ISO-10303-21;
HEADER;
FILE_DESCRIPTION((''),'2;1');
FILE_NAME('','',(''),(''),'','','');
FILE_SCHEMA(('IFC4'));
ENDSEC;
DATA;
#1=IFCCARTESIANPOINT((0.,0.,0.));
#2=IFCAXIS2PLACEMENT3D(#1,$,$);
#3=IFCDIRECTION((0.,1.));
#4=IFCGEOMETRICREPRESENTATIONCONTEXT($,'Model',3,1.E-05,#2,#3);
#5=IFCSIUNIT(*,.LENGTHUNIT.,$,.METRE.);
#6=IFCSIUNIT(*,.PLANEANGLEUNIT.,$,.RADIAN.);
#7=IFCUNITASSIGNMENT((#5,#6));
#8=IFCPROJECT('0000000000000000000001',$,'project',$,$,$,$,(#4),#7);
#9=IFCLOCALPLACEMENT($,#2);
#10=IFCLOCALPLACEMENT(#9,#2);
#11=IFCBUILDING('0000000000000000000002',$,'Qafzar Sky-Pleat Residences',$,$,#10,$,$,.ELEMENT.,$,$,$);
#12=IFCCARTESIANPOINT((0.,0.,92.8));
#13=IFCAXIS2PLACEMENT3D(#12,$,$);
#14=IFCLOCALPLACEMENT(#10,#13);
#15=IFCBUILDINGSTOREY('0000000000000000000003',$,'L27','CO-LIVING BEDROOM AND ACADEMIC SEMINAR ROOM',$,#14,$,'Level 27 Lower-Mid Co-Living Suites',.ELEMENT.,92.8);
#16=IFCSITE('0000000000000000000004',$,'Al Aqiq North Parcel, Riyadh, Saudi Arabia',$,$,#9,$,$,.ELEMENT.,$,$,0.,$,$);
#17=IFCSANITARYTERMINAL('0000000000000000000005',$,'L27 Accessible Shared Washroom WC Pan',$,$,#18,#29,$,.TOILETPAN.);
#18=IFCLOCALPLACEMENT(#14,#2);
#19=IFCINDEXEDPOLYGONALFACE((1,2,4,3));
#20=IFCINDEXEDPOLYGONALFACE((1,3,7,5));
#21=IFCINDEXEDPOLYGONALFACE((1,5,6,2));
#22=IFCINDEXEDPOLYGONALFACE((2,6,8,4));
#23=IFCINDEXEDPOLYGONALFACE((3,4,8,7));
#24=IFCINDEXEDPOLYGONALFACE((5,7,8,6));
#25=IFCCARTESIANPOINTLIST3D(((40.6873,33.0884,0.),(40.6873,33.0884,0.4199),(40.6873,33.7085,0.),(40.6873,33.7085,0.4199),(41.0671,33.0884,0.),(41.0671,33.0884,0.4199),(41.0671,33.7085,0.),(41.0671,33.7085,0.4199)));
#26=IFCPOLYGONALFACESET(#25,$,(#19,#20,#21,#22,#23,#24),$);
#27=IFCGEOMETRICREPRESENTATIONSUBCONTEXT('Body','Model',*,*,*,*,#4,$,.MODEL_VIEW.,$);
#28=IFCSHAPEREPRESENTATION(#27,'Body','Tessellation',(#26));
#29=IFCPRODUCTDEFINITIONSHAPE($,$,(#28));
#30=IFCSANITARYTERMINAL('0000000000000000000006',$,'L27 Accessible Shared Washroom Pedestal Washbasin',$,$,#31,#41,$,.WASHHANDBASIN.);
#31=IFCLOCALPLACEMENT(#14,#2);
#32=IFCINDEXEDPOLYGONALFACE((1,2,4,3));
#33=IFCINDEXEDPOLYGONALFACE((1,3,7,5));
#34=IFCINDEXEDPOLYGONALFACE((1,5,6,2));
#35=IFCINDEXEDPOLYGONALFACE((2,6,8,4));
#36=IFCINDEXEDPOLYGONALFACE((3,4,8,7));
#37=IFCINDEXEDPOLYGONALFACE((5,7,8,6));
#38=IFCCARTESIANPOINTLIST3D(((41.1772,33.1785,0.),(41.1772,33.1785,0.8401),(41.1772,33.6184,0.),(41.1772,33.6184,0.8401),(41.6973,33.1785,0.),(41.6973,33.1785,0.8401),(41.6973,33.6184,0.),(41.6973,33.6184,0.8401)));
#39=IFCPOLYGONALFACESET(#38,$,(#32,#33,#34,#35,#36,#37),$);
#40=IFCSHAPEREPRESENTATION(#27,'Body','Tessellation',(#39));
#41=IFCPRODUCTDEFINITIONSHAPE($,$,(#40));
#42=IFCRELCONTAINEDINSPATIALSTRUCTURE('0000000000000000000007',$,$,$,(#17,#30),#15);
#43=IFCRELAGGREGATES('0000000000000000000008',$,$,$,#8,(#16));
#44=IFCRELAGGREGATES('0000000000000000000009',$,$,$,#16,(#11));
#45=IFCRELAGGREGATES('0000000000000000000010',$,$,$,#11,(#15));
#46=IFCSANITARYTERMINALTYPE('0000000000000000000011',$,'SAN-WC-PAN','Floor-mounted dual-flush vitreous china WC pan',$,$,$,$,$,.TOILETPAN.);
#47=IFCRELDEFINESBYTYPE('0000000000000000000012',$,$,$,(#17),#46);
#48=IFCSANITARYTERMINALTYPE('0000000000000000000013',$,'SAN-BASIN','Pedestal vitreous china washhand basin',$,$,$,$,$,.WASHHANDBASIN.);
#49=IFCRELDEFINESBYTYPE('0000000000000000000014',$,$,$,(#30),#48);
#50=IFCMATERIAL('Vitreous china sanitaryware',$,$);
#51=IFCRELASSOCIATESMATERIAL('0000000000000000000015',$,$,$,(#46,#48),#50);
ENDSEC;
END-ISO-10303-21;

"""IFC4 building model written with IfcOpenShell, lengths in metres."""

from ifc_helpers import new_model, si_unit, direction, frame, origin, origin_2d, place, context, subcontext, project, spatial, rectangle, extrude, source, transform, mapped, material, type_object, element, save


model = new_model("IFC4")

# Units and contexts
model_context = context("Model", 3, precision=1e-05, world=origin(), true_north=direction((0.0, 1.0)))
body_context = subcontext(model_context, "Body", "Model", "MODEL_VIEW")
ifc_project = project(units=[si_unit("LENGTHUNIT", "METRE"), si_unit("PLANEANGLEUNIT", "RADIAN")], contexts=[model_context])

# Site, building, storey
site_placement = place(None, origin())
site = spatial("IfcSite", under=ifc_project, at=site_placement, Name="Al Aqiq North Parcel, Riyadh, Saudi Arabia", CompositionType="ELEMENT", RefElevation=0.0)
building_placement = place(site_placement, origin())
building = spatial("IfcBuilding", under=site, at=building_placement, Name="Qafzar Sky-Pleat Residences", CompositionType="ELEMENT")
storey_placement = place(building_placement, frame((0.0, 0.0, 92.8)))
storey = spatial("IfcBuildingStorey", under=building, at=storey_placement, Name="L27", Description="CO-LIVING BEDROOM AND ACADEMIC SEMINAR ROOM", LongName="Level 27 Lower-Mid Co-Living Suites", CompositionType="ELEMENT", Elevation=92.8)

# Sanitary terminals
ifc_material_1 = material(Name="Vitreous china sanitaryware")
sanitary_terminal_type_1 = type_object("IfcSanitaryTerminalType", Name="SAN-WC-PAN", Description="Floor-mounted dual-flush vitreous china WC pan", PredefinedType="TOILETPAN", material=ifc_material_1)
shared_shape_1 = source(origin(), body_context, "Body", "SweptSolid", [
    extrude(rectangle(XDim=0.3799, YDim=0.6201, at=origin_2d()), origin(), (0.0, 0.0, 1.0), 0.4199),
])
sanitary_terminal_1_placement = place(storey_placement, frame((40.8772, 33.3984, 0.0), z_axis=(0.0, 0.0, 1.0), x_axis=(1.0, 0.0, 0.0)))
element("IfcSanitaryTerminal", 1, at=sanitary_terminal_1_placement, inside=storey, type_object=sanitary_terminal_type_1, Name="L27 Accessible Shared Washroom WC Pan", PredefinedType="TOILETPAN", context=body_context, shape_type="MappedRepresentation", body=[
    mapped(shared_shape_1, transform((0.0, 0.0, 0.0), x_axis=(1.0, 0.0, 0.0), y_axis=(0.0, 1.0, 0.0), z_axis=(0.0, 0.0, 1.0), scale=1.0)),
])
sanitary_terminal_type_2 = type_object("IfcSanitaryTerminalType", Name="SAN-BASIN", Description="Pedestal vitreous china washhand basin", PredefinedType="WASHHANDBASIN", material=ifc_material_1)
shared_shape_2 = source(origin(), body_context, "Body", "SweptSolid", [
    extrude(rectangle(XDim=0.52, YDim=0.4399, at=origin_2d()), origin(), (0.0, 0.0, 1.0), 0.8401),
])
sanitary_terminal_2_placement = place(storey_placement, frame((41.4373, 33.3984, 0.0), z_axis=(0.0, 0.0, 1.0), x_axis=(1.0, 0.0, 0.0)))
element("IfcSanitaryTerminal", 2, at=sanitary_terminal_2_placement, inside=storey, type_object=sanitary_terminal_type_2, Name="L27 Accessible Shared Washroom Pedestal Washbasin", PredefinedType="WASHHANDBASIN", context=body_context, shape_type="MappedRepresentation", body=[
    mapped(shared_shape_2, transform((0.0, 0.0, 0.0), x_axis=(1.0, 0.0, 0.0), y_axis=(0.0, 1.0, 0.0), z_axis=(0.0, 0.0, 1.0), scale=1.0)),
])

save(model, "model.ifc")
